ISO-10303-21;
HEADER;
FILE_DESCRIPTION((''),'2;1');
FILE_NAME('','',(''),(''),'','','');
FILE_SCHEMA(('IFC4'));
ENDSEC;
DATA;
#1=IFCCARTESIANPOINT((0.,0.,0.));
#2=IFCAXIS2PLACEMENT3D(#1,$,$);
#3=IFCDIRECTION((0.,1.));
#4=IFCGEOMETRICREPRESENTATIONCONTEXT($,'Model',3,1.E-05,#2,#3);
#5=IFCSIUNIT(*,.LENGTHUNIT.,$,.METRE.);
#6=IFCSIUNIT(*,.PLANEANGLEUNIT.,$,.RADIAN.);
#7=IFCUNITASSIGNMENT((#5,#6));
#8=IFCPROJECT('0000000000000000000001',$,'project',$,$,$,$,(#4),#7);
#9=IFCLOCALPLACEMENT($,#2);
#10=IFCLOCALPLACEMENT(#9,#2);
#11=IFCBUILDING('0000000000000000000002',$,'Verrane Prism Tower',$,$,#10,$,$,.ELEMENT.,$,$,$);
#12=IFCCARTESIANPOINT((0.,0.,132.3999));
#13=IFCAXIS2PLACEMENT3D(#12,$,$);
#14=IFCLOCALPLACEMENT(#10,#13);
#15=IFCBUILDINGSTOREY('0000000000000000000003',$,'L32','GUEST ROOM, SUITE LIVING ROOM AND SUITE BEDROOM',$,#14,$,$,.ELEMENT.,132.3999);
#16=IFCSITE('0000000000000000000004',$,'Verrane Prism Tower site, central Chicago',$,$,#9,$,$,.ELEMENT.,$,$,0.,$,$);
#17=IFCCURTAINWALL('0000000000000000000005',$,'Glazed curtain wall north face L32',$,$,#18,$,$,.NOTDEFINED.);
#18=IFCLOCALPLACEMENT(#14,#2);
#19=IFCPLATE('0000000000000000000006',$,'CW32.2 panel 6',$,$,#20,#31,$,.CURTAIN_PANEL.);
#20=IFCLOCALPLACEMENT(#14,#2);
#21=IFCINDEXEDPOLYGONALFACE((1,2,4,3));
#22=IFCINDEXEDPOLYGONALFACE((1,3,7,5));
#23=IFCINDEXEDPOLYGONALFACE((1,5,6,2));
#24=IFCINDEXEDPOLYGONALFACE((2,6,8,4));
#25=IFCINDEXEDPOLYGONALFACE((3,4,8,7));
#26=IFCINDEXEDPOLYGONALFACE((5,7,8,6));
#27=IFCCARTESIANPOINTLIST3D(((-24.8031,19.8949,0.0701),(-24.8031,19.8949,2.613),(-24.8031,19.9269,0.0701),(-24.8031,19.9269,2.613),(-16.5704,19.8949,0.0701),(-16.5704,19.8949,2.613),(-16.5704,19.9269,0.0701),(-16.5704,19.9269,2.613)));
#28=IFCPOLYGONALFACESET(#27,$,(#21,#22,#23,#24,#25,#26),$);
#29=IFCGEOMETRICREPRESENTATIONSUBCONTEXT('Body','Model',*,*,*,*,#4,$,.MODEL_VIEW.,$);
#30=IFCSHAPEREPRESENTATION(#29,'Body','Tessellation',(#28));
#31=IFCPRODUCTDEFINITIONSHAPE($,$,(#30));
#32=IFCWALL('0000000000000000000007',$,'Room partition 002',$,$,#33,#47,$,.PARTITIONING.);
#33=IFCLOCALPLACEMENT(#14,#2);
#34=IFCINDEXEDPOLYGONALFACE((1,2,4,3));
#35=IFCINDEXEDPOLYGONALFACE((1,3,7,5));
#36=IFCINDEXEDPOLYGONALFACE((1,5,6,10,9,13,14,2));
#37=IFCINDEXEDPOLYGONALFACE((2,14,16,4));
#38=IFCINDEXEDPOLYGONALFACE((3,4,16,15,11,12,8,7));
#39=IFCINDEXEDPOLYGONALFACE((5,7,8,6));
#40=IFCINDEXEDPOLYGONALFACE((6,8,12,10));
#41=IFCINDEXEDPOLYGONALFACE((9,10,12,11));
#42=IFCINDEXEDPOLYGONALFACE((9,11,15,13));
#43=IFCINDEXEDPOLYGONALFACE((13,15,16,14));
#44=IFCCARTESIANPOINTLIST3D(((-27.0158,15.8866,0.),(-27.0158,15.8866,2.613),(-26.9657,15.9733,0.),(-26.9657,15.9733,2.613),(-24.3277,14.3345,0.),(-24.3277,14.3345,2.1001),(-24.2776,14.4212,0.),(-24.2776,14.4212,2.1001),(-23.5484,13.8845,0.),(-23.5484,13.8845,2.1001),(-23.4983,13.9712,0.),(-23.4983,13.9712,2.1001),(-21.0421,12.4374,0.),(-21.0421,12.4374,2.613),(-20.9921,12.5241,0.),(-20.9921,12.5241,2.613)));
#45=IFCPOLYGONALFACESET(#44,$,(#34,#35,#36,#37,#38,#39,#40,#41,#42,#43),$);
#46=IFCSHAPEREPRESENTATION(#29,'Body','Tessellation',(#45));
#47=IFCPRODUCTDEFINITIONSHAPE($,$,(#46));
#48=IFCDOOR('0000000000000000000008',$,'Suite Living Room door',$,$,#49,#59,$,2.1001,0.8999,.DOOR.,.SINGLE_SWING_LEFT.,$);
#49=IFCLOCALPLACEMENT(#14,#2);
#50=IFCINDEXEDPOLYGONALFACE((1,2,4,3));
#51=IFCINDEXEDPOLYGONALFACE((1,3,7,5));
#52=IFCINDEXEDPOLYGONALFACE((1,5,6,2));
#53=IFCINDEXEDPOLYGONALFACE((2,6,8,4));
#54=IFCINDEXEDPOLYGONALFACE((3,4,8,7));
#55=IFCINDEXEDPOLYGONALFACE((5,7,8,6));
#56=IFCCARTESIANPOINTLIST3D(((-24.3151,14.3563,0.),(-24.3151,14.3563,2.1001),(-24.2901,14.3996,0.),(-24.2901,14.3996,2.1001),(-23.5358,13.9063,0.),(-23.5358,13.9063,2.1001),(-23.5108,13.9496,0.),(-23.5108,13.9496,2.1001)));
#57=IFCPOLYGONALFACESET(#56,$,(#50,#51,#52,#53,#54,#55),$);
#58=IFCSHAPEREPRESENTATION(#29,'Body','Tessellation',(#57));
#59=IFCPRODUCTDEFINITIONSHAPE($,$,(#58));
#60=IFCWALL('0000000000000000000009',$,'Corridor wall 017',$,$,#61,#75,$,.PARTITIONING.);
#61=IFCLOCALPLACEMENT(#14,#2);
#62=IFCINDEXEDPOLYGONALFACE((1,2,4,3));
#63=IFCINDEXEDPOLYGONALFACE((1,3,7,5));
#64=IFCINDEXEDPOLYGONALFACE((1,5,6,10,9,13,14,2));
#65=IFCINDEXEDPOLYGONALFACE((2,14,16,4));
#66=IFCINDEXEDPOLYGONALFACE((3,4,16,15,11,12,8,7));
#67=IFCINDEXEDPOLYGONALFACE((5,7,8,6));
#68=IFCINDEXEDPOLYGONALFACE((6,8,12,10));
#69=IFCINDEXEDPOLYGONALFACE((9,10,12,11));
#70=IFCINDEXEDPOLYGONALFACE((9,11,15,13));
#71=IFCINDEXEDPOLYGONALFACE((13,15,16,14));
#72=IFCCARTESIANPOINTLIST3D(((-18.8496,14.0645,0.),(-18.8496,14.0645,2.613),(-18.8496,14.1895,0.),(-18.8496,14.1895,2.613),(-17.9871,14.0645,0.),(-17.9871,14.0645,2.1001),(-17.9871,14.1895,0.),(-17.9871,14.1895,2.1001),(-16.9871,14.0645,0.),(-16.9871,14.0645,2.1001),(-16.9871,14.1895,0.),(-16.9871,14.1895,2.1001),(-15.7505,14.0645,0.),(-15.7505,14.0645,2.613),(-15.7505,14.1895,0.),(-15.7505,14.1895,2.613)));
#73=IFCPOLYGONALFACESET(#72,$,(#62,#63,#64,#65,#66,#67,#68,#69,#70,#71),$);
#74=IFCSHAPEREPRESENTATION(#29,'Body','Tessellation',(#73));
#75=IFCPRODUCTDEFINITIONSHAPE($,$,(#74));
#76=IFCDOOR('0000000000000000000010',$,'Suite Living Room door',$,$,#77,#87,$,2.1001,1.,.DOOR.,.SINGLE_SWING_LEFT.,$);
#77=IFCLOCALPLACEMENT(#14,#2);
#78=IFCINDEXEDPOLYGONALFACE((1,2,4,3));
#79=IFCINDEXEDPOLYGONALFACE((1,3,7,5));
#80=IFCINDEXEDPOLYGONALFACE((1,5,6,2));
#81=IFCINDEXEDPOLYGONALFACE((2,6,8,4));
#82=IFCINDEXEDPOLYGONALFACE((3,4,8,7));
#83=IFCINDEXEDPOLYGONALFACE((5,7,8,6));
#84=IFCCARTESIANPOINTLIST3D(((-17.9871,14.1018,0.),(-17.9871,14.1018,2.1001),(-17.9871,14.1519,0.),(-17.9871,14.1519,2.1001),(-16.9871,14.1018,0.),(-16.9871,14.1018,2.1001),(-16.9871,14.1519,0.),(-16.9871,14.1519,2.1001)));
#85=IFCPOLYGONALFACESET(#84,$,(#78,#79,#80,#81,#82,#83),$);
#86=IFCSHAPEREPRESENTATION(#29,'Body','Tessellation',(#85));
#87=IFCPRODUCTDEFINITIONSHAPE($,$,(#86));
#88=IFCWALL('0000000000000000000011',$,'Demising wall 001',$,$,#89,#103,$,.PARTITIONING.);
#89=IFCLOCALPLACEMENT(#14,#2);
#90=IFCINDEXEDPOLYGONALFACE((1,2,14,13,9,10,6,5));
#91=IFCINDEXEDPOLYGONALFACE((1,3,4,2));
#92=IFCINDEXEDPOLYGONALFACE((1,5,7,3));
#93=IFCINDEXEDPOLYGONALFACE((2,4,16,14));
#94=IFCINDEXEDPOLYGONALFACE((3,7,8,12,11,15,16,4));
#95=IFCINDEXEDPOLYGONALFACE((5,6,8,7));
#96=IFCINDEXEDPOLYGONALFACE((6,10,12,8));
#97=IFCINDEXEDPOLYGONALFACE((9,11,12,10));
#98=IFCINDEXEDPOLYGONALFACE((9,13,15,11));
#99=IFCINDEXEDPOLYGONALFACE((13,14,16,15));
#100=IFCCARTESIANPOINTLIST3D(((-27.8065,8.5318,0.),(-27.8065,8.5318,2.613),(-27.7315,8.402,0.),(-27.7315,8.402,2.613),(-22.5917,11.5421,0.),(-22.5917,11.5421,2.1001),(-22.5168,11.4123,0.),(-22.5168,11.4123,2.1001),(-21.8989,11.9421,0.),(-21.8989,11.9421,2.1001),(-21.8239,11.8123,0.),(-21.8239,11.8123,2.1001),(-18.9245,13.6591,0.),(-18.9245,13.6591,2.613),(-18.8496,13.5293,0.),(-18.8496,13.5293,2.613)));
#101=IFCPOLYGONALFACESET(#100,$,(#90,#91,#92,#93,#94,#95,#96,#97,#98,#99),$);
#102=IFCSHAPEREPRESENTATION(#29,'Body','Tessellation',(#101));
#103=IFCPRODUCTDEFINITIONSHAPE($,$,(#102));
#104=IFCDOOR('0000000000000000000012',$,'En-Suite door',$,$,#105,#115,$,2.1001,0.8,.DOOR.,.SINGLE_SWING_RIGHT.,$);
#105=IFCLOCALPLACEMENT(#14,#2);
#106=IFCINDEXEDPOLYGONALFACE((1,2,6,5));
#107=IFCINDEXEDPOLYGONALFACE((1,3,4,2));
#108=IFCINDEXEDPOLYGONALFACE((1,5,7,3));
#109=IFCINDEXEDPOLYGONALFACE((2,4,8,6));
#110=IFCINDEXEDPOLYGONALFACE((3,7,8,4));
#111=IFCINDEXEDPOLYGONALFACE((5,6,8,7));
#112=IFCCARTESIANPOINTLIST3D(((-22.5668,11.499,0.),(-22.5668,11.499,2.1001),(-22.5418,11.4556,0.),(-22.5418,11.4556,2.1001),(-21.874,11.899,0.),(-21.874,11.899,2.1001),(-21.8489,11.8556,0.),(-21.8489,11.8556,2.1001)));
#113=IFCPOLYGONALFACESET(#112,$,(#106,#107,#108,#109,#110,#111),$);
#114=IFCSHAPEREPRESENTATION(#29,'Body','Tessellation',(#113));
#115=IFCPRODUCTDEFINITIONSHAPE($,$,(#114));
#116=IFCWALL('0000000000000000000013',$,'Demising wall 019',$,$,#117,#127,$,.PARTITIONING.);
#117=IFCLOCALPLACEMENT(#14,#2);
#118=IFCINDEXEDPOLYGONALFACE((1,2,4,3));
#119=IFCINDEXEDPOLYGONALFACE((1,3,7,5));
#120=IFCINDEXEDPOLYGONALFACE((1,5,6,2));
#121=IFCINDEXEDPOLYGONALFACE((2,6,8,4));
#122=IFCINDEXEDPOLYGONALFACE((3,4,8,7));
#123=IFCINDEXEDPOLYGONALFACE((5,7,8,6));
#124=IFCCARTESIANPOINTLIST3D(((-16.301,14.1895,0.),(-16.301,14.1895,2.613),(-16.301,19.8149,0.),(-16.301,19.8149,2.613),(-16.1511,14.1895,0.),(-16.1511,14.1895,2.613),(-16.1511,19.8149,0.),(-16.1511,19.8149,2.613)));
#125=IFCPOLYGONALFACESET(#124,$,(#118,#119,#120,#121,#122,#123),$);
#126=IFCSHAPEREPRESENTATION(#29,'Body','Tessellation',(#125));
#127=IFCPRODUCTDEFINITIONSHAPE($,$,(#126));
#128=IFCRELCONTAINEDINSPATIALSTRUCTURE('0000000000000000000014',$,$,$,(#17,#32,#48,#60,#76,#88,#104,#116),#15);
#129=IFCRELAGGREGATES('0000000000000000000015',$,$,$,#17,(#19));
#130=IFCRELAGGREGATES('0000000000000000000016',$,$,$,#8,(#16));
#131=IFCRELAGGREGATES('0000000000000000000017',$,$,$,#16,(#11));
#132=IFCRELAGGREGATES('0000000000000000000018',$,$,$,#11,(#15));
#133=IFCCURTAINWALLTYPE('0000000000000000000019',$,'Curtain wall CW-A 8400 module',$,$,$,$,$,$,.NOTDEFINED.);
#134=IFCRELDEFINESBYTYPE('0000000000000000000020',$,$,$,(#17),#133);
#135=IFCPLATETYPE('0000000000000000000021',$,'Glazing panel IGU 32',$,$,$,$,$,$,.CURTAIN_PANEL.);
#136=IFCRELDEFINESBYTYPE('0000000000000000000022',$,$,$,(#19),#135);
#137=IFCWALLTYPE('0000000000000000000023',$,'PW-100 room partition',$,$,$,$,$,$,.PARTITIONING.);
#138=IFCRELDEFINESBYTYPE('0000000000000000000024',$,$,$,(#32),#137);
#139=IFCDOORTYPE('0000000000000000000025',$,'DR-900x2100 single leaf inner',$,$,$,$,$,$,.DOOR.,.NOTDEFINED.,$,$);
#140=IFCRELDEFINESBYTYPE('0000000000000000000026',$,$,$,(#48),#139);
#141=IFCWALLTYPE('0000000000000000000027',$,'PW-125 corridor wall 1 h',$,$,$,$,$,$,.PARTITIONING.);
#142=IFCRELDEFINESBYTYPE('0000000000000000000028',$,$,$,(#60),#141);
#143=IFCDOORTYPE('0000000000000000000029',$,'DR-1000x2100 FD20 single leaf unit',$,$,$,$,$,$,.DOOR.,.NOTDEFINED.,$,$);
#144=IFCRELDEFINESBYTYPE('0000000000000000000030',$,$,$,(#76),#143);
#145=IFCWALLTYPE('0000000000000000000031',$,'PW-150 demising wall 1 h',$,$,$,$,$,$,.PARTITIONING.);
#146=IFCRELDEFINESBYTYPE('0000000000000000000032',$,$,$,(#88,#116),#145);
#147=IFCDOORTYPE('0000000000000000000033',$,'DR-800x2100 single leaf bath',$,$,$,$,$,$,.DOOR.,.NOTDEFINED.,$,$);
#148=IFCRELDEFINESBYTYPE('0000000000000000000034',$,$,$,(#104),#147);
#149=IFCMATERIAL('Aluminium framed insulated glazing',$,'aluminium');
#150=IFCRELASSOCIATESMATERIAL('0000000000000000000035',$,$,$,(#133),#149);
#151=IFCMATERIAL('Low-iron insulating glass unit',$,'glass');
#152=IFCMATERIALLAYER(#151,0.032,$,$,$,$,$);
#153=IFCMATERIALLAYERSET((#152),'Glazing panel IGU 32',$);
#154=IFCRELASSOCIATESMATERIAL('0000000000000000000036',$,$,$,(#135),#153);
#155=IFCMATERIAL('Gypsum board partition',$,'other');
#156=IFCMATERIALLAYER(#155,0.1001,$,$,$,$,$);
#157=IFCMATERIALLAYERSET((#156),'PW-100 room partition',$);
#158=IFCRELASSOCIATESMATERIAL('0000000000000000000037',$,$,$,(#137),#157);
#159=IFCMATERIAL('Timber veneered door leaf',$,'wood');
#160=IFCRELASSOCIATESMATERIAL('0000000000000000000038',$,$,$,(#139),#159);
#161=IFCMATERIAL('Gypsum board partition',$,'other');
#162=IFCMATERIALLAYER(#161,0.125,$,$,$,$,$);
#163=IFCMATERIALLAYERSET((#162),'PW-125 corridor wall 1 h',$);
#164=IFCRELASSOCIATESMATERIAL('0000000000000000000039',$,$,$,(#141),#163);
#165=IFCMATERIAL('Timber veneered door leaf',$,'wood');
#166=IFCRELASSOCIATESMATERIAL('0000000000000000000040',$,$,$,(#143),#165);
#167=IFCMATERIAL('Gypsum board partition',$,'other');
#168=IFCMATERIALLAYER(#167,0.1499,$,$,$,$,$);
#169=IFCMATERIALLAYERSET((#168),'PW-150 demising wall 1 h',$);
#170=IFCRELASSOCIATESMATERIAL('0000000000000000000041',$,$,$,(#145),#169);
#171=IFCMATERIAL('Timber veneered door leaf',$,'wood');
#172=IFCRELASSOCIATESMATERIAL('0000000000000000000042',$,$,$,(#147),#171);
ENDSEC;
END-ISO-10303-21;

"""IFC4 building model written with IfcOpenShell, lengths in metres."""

from ifc_helpers import new_model, si_unit, direction, frame, frame_2d, origin, origin_2d, place, context, subcontext, project, spatial, rectangle, extrude, material, layer, layer_set, type_object, element, fill, aggregate, save


model = new_model("IFC4")

# Units and contexts
model_context = context("Model", 3, precision=1e-05, world=origin(), true_north=direction((0.0, 1.0)))
body_context = subcontext(model_context, "Body", "Model", "MODEL_VIEW")
ifc_project = project(units=[si_unit("LENGTHUNIT", "METRE"), si_unit("PLANEANGLEUNIT", "RADIAN")], contexts=[model_context])

# Site, building, storey
site_placement = place(None, origin())
site = spatial("IfcSite", under=ifc_project, at=site_placement, Name="Verrane Prism Tower site, central Chicago", CompositionType="ELEMENT", RefElevation=0.0)
building_placement = place(site_placement, origin())
building = spatial("IfcBuilding", under=site, at=building_placement, Name="Verrane Prism Tower", CompositionType="ELEMENT")
storey_placement = place(building_placement, frame((0.0, 0.0, 132.3999)))
storey = spatial("IfcBuildingStorey", under=building, at=storey_placement, Name="L32", Description="GUEST ROOM, SUITE LIVING ROOM AND SUITE BEDROOM", CompositionType="ELEMENT", Elevation=132.3999)

# Curtain wall
ifc_material_1 = material(Name="Aluminium framed insulated glazing", Category="aluminium")
curtain_wall_type_1 = type_object("IfcCurtainWallType", Name="Curtain wall CW-A 8400 module", PredefinedType="NOTDEFINED", material=ifc_material_1)
curtain_wall_1_placement = place(storey_placement, origin())
curtain_wall_1 = element("IfcCurtainWall", 1, at=curtain_wall_1_placement, inside=storey, type_object=curtain_wall_type_1, Name="Glazed curtain wall north face L32", PredefinedType="NOTDEFINED")

# Plate
ifc_material_2 = material(Name="Low-iron insulating glass unit", Category="glass")
ifc_layer_1 = layer(ifc_material_2, 0.032)
ifc_layer_set_1 = layer_set([ifc_layer_1], Name="Glazing panel IGU 32")
plate_type_1 = type_object("IfcPlateType", Name="Glazing panel IGU 32", PredefinedType="CURTAIN_PANEL", material=ifc_layer_set_1)
plate_1_placement = place(storey_placement, frame((-20.6868, 19.9109, 0.0701), z_axis=(0.0, 0.0, 1.0), x_axis=(-1.0, 0.0, 0.0)))
plate_1 = element("IfcPlate", 2, at=plate_1_placement, type_object=plate_type_1, Name="CW32.2 panel 6", PredefinedType="CURTAIN_PANEL", context=body_context, shape_type="SweptSolid", body=[
    extrude(rectangle(XDim=8.2327, YDim=0.032, at=origin_2d()), origin(), (0.0, 0.0, 1.0), 2.543),
])
aggregate(curtain_wall_1, [plate_1])

# Walls, openings, doors
ifc_material_3 = material(Name="Gypsum board partition", Category="other")
ifc_layer_2 = layer(ifc_material_3, 0.1001)
ifc_layer_set_2 = layer_set([ifc_layer_2], Name="PW-100 room partition")
wall_type_1 = type_object("IfcWallType", Name="PW-100 room partition", PredefinedType="PARTITIONING", material=ifc_layer_set_2)
wall_1_placement = place(storey_placement, frame((-21.0171, 12.4807, 0.0), z_axis=(0.0, 0.0, 1.0), x_axis=(-0.866004, 0.500037, 0.0)))
wall_1 = element("IfcWall", 3, at=wall_1_placement, inside=storey, type_object=wall_type_1, Name="Room partition 002", PredefinedType="PARTITIONING", context=body_context, shape_type="SweptSolid", body=[
    extrude(rectangle(XDim=6.8979, YDim=0.1001, at=frame_2d((3.449, 0.0))), origin(), (0.0, 0.0, 1.0), 2.613),
])
opening_1_placement = place(wall_1_placement, frame((2.894, 0.0, 0.0)))
opening_1 = element("IfcOpeningElement", 4, at=opening_1_placement, cuts=wall_1, PredefinedType="OPENING", context=body_context, shape_type="SweptSolid", body=[
    extrude(rectangle(XDim=0.8999, YDim=2.1001, at=frame_2d((0.45, 1.05))), frame((0.0, 0.0601, 0.0), z_axis=(0.0, -1.0, 0.0), x_axis=(1.0, 0.0, 0.0)), (0.0, 0.0, 1.0), 0.1201),
])
ifc_material_4 = material(Name="Timber veneered door leaf", Category="wood")
door_type_1 = type_object("IfcDoorType", Name="DR-900x2100 single leaf inner", OperationType="NOTDEFINED", PredefinedType="DOOR", material=ifc_material_4)
door_1_placement = place(opening_1_placement, origin())
door_1 = element("IfcDoor", 5, at=door_1_placement, inside=storey, type_object=door_type_1, Name="Suite Living Room door", OperationType="SINGLE_SWING_LEFT", OverallHeight=2.1001, OverallWidth=0.8999, PredefinedType="DOOR", context=body_context, shape_type="SweptSolid", body=[
    extrude(rectangle(XDim=0.8999, YDim=2.1001, at=frame_2d((0.45, 1.05))), frame((0.0, 0.0249, 0.0), z_axis=(0.0, -1.0, 0.0), x_axis=(1.0, 0.0, 0.0)), (0.0, 0.0, 1.0), 0.05),
])
fill(opening_1, door_1)
ifc_material_5 = material(Name="Gypsum board partition", Category="other")
ifc_layer_3 = layer(ifc_material_5, 0.125)
ifc_layer_set_3 = layer_set([ifc_layer_3], Name="PW-125 corridor wall 1 h")
wall_type_2 = type_object("IfcWallType", Name="PW-125 corridor wall 1 h", PredefinedType="PARTITIONING", material=ifc_layer_set_3)
wall_2_placement = place(storey_placement, frame((-18.8496, 14.127, 0.0), z_axis=(0.0, 0.0, 1.0), x_axis=(1.0, 0.0, 0.0)))
wall_2 = element("IfcWall", 6, at=wall_2_placement, inside=storey, type_object=wall_type_2, Name="Corridor wall 017", PredefinedType="PARTITIONING", context=body_context, shape_type="SweptSolid", body=[
    extrude(rectangle(XDim=3.0991, YDim=0.125, at=frame_2d((1.5496, 0.0))), origin(), (0.0, 0.0, 1.0), 2.613),
])
opening_2_placement = place(wall_2_placement, frame((0.8625, 0.0, 0.0)))
opening_2 = element("IfcOpeningElement", 7, at=opening_2_placement, cuts=wall_2, PredefinedType="OPENING", context=body_context, shape_type="SweptSolid", body=[
    extrude(rectangle(XDim=1.0, YDim=2.1001, at=frame_2d((0.5, 1.05))), frame((0.0, 0.0725, 0.0), z_axis=(0.0, -1.0, 0.0), x_axis=(1.0, 0.0, 0.0)), (0.0, 0.0, 1.0), 0.145),
])
ifc_material_6 = material(Name="Timber veneered door leaf", Category="wood")
door_type_2 = type_object("IfcDoorType", Name="DR-1000x2100 FD20 single leaf unit", OperationType="NOTDEFINED", PredefinedType="DOOR", material=ifc_material_6)
door_2_placement = place(opening_2_placement, origin())
door_2 = element("IfcDoor", 8, at=door_2_placement, inside=storey, type_object=door_type_2, Name="Suite Living Room door", OperationType="SINGLE_SWING_LEFT", OverallHeight=2.1001, OverallWidth=1.0, PredefinedType="DOOR", context=body_context, shape_type="SweptSolid", body=[
    extrude(rectangle(XDim=1.0, YDim=2.1001, at=frame_2d((0.5, 1.05))), frame((0.0, 0.0249, 0.0), z_axis=(0.0, -1.0, 0.0), x_axis=(1.0, 0.0, 0.0)), (0.0, 0.0, 1.0), 0.05),
])
fill(opening_2, door_2)
ifc_material_7 = material(Name="Gypsum board partition", Category="other")
ifc_layer_4 = layer(ifc_material_7, 0.1499)
ifc_layer_set_4 = layer_set([ifc_layer_4], Name="PW-150 demising wall 1 h")
wall_type_3 = type_object("IfcWallType", Name="PW-150 demising wall 1 h", PredefinedType="PARTITIONING", material=ifc_layer_set_4)
wall_3_placement = place(storey_placement, frame((-18.887, 13.5942, 0.0), z_axis=(0.0, 0.0, 1.0), x_axis=(-0.866056, -0.499946, 0.0)))
wall_3 = element("IfcWall", 9, at=wall_3_placement, inside=storey, type_object=wall_type_3, Name="Demising wall 001", PredefinedType="PARTITIONING", context=body_context, shape_type="SweptSolid", body=[
    extrude(rectangle(XDim=10.2556, YDim=0.1499, at=frame_2d((5.1279, 0.0))), origin(), (0.0, 0.0, 1.0), 2.613),
])
opening_3_placement = place(wall_3_placement, frame((3.4346, 0.0, 0.0)))
opening_3 = element("IfcOpeningElement", 10, at=opening_3_placement, cuts=wall_3, PredefinedType="OPENING", context=body_context, shape_type="SweptSolid", body=[
    extrude(rectangle(XDim=0.8, YDim=2.1001, at=frame_2d((0.3999, 1.05))), frame((0.0, 0.085, 0.0), z_axis=(0.0, -1.0, 0.0), x_axis=(1.0, 0.0, 0.0)), (0.0, 0.0, 1.0), 0.1699),
])
ifc_material_8 = material(Name="Timber veneered door leaf", Category="wood")
door_type_3 = type_object("IfcDoorType", Name="DR-800x2100 single leaf bath", OperationType="NOTDEFINED", PredefinedType="DOOR", material=ifc_material_8)
door_3_placement = place(opening_3_placement, origin())
door_3 = element("IfcDoor", 11, at=door_3_placement, inside=storey, type_object=door_type_3, Name="En-Suite door", OperationType="SINGLE_SWING_RIGHT", OverallHeight=2.1001, OverallWidth=0.8, PredefinedType="DOOR", context=body_context, shape_type="SweptSolid", body=[
    extrude(rectangle(XDim=0.8, YDim=2.1001, at=frame_2d((0.3999, 1.05))), frame((0.0, 0.0249, 0.0), z_axis=(0.0, -1.0, 0.0), x_axis=(1.0, 0.0, 0.0)), (0.0, 0.0, 1.0), 0.05),
])
fill(opening_3, door_3)

# Wall
wall_4_placement = place(storey_placement, frame((-16.2261, 14.1895, 0.0), z_axis=(0.0, 0.0, 1.0), x_axis=(0.0, 1.0, 0.0)))
element("IfcWall", 12, at=wall_4_placement, inside=storey, type_object=wall_type_3, Name="Demising wall 019", PredefinedType="PARTITIONING", context=body_context, shape_type="SweptSolid", body=[
    extrude(rectangle(XDim=5.6255, YDim=0.1499, at=frame_2d((2.8127, 0.0))), origin(), (0.0, 0.0, 1.0), 2.613),
])

save(model, "model.ifc")
